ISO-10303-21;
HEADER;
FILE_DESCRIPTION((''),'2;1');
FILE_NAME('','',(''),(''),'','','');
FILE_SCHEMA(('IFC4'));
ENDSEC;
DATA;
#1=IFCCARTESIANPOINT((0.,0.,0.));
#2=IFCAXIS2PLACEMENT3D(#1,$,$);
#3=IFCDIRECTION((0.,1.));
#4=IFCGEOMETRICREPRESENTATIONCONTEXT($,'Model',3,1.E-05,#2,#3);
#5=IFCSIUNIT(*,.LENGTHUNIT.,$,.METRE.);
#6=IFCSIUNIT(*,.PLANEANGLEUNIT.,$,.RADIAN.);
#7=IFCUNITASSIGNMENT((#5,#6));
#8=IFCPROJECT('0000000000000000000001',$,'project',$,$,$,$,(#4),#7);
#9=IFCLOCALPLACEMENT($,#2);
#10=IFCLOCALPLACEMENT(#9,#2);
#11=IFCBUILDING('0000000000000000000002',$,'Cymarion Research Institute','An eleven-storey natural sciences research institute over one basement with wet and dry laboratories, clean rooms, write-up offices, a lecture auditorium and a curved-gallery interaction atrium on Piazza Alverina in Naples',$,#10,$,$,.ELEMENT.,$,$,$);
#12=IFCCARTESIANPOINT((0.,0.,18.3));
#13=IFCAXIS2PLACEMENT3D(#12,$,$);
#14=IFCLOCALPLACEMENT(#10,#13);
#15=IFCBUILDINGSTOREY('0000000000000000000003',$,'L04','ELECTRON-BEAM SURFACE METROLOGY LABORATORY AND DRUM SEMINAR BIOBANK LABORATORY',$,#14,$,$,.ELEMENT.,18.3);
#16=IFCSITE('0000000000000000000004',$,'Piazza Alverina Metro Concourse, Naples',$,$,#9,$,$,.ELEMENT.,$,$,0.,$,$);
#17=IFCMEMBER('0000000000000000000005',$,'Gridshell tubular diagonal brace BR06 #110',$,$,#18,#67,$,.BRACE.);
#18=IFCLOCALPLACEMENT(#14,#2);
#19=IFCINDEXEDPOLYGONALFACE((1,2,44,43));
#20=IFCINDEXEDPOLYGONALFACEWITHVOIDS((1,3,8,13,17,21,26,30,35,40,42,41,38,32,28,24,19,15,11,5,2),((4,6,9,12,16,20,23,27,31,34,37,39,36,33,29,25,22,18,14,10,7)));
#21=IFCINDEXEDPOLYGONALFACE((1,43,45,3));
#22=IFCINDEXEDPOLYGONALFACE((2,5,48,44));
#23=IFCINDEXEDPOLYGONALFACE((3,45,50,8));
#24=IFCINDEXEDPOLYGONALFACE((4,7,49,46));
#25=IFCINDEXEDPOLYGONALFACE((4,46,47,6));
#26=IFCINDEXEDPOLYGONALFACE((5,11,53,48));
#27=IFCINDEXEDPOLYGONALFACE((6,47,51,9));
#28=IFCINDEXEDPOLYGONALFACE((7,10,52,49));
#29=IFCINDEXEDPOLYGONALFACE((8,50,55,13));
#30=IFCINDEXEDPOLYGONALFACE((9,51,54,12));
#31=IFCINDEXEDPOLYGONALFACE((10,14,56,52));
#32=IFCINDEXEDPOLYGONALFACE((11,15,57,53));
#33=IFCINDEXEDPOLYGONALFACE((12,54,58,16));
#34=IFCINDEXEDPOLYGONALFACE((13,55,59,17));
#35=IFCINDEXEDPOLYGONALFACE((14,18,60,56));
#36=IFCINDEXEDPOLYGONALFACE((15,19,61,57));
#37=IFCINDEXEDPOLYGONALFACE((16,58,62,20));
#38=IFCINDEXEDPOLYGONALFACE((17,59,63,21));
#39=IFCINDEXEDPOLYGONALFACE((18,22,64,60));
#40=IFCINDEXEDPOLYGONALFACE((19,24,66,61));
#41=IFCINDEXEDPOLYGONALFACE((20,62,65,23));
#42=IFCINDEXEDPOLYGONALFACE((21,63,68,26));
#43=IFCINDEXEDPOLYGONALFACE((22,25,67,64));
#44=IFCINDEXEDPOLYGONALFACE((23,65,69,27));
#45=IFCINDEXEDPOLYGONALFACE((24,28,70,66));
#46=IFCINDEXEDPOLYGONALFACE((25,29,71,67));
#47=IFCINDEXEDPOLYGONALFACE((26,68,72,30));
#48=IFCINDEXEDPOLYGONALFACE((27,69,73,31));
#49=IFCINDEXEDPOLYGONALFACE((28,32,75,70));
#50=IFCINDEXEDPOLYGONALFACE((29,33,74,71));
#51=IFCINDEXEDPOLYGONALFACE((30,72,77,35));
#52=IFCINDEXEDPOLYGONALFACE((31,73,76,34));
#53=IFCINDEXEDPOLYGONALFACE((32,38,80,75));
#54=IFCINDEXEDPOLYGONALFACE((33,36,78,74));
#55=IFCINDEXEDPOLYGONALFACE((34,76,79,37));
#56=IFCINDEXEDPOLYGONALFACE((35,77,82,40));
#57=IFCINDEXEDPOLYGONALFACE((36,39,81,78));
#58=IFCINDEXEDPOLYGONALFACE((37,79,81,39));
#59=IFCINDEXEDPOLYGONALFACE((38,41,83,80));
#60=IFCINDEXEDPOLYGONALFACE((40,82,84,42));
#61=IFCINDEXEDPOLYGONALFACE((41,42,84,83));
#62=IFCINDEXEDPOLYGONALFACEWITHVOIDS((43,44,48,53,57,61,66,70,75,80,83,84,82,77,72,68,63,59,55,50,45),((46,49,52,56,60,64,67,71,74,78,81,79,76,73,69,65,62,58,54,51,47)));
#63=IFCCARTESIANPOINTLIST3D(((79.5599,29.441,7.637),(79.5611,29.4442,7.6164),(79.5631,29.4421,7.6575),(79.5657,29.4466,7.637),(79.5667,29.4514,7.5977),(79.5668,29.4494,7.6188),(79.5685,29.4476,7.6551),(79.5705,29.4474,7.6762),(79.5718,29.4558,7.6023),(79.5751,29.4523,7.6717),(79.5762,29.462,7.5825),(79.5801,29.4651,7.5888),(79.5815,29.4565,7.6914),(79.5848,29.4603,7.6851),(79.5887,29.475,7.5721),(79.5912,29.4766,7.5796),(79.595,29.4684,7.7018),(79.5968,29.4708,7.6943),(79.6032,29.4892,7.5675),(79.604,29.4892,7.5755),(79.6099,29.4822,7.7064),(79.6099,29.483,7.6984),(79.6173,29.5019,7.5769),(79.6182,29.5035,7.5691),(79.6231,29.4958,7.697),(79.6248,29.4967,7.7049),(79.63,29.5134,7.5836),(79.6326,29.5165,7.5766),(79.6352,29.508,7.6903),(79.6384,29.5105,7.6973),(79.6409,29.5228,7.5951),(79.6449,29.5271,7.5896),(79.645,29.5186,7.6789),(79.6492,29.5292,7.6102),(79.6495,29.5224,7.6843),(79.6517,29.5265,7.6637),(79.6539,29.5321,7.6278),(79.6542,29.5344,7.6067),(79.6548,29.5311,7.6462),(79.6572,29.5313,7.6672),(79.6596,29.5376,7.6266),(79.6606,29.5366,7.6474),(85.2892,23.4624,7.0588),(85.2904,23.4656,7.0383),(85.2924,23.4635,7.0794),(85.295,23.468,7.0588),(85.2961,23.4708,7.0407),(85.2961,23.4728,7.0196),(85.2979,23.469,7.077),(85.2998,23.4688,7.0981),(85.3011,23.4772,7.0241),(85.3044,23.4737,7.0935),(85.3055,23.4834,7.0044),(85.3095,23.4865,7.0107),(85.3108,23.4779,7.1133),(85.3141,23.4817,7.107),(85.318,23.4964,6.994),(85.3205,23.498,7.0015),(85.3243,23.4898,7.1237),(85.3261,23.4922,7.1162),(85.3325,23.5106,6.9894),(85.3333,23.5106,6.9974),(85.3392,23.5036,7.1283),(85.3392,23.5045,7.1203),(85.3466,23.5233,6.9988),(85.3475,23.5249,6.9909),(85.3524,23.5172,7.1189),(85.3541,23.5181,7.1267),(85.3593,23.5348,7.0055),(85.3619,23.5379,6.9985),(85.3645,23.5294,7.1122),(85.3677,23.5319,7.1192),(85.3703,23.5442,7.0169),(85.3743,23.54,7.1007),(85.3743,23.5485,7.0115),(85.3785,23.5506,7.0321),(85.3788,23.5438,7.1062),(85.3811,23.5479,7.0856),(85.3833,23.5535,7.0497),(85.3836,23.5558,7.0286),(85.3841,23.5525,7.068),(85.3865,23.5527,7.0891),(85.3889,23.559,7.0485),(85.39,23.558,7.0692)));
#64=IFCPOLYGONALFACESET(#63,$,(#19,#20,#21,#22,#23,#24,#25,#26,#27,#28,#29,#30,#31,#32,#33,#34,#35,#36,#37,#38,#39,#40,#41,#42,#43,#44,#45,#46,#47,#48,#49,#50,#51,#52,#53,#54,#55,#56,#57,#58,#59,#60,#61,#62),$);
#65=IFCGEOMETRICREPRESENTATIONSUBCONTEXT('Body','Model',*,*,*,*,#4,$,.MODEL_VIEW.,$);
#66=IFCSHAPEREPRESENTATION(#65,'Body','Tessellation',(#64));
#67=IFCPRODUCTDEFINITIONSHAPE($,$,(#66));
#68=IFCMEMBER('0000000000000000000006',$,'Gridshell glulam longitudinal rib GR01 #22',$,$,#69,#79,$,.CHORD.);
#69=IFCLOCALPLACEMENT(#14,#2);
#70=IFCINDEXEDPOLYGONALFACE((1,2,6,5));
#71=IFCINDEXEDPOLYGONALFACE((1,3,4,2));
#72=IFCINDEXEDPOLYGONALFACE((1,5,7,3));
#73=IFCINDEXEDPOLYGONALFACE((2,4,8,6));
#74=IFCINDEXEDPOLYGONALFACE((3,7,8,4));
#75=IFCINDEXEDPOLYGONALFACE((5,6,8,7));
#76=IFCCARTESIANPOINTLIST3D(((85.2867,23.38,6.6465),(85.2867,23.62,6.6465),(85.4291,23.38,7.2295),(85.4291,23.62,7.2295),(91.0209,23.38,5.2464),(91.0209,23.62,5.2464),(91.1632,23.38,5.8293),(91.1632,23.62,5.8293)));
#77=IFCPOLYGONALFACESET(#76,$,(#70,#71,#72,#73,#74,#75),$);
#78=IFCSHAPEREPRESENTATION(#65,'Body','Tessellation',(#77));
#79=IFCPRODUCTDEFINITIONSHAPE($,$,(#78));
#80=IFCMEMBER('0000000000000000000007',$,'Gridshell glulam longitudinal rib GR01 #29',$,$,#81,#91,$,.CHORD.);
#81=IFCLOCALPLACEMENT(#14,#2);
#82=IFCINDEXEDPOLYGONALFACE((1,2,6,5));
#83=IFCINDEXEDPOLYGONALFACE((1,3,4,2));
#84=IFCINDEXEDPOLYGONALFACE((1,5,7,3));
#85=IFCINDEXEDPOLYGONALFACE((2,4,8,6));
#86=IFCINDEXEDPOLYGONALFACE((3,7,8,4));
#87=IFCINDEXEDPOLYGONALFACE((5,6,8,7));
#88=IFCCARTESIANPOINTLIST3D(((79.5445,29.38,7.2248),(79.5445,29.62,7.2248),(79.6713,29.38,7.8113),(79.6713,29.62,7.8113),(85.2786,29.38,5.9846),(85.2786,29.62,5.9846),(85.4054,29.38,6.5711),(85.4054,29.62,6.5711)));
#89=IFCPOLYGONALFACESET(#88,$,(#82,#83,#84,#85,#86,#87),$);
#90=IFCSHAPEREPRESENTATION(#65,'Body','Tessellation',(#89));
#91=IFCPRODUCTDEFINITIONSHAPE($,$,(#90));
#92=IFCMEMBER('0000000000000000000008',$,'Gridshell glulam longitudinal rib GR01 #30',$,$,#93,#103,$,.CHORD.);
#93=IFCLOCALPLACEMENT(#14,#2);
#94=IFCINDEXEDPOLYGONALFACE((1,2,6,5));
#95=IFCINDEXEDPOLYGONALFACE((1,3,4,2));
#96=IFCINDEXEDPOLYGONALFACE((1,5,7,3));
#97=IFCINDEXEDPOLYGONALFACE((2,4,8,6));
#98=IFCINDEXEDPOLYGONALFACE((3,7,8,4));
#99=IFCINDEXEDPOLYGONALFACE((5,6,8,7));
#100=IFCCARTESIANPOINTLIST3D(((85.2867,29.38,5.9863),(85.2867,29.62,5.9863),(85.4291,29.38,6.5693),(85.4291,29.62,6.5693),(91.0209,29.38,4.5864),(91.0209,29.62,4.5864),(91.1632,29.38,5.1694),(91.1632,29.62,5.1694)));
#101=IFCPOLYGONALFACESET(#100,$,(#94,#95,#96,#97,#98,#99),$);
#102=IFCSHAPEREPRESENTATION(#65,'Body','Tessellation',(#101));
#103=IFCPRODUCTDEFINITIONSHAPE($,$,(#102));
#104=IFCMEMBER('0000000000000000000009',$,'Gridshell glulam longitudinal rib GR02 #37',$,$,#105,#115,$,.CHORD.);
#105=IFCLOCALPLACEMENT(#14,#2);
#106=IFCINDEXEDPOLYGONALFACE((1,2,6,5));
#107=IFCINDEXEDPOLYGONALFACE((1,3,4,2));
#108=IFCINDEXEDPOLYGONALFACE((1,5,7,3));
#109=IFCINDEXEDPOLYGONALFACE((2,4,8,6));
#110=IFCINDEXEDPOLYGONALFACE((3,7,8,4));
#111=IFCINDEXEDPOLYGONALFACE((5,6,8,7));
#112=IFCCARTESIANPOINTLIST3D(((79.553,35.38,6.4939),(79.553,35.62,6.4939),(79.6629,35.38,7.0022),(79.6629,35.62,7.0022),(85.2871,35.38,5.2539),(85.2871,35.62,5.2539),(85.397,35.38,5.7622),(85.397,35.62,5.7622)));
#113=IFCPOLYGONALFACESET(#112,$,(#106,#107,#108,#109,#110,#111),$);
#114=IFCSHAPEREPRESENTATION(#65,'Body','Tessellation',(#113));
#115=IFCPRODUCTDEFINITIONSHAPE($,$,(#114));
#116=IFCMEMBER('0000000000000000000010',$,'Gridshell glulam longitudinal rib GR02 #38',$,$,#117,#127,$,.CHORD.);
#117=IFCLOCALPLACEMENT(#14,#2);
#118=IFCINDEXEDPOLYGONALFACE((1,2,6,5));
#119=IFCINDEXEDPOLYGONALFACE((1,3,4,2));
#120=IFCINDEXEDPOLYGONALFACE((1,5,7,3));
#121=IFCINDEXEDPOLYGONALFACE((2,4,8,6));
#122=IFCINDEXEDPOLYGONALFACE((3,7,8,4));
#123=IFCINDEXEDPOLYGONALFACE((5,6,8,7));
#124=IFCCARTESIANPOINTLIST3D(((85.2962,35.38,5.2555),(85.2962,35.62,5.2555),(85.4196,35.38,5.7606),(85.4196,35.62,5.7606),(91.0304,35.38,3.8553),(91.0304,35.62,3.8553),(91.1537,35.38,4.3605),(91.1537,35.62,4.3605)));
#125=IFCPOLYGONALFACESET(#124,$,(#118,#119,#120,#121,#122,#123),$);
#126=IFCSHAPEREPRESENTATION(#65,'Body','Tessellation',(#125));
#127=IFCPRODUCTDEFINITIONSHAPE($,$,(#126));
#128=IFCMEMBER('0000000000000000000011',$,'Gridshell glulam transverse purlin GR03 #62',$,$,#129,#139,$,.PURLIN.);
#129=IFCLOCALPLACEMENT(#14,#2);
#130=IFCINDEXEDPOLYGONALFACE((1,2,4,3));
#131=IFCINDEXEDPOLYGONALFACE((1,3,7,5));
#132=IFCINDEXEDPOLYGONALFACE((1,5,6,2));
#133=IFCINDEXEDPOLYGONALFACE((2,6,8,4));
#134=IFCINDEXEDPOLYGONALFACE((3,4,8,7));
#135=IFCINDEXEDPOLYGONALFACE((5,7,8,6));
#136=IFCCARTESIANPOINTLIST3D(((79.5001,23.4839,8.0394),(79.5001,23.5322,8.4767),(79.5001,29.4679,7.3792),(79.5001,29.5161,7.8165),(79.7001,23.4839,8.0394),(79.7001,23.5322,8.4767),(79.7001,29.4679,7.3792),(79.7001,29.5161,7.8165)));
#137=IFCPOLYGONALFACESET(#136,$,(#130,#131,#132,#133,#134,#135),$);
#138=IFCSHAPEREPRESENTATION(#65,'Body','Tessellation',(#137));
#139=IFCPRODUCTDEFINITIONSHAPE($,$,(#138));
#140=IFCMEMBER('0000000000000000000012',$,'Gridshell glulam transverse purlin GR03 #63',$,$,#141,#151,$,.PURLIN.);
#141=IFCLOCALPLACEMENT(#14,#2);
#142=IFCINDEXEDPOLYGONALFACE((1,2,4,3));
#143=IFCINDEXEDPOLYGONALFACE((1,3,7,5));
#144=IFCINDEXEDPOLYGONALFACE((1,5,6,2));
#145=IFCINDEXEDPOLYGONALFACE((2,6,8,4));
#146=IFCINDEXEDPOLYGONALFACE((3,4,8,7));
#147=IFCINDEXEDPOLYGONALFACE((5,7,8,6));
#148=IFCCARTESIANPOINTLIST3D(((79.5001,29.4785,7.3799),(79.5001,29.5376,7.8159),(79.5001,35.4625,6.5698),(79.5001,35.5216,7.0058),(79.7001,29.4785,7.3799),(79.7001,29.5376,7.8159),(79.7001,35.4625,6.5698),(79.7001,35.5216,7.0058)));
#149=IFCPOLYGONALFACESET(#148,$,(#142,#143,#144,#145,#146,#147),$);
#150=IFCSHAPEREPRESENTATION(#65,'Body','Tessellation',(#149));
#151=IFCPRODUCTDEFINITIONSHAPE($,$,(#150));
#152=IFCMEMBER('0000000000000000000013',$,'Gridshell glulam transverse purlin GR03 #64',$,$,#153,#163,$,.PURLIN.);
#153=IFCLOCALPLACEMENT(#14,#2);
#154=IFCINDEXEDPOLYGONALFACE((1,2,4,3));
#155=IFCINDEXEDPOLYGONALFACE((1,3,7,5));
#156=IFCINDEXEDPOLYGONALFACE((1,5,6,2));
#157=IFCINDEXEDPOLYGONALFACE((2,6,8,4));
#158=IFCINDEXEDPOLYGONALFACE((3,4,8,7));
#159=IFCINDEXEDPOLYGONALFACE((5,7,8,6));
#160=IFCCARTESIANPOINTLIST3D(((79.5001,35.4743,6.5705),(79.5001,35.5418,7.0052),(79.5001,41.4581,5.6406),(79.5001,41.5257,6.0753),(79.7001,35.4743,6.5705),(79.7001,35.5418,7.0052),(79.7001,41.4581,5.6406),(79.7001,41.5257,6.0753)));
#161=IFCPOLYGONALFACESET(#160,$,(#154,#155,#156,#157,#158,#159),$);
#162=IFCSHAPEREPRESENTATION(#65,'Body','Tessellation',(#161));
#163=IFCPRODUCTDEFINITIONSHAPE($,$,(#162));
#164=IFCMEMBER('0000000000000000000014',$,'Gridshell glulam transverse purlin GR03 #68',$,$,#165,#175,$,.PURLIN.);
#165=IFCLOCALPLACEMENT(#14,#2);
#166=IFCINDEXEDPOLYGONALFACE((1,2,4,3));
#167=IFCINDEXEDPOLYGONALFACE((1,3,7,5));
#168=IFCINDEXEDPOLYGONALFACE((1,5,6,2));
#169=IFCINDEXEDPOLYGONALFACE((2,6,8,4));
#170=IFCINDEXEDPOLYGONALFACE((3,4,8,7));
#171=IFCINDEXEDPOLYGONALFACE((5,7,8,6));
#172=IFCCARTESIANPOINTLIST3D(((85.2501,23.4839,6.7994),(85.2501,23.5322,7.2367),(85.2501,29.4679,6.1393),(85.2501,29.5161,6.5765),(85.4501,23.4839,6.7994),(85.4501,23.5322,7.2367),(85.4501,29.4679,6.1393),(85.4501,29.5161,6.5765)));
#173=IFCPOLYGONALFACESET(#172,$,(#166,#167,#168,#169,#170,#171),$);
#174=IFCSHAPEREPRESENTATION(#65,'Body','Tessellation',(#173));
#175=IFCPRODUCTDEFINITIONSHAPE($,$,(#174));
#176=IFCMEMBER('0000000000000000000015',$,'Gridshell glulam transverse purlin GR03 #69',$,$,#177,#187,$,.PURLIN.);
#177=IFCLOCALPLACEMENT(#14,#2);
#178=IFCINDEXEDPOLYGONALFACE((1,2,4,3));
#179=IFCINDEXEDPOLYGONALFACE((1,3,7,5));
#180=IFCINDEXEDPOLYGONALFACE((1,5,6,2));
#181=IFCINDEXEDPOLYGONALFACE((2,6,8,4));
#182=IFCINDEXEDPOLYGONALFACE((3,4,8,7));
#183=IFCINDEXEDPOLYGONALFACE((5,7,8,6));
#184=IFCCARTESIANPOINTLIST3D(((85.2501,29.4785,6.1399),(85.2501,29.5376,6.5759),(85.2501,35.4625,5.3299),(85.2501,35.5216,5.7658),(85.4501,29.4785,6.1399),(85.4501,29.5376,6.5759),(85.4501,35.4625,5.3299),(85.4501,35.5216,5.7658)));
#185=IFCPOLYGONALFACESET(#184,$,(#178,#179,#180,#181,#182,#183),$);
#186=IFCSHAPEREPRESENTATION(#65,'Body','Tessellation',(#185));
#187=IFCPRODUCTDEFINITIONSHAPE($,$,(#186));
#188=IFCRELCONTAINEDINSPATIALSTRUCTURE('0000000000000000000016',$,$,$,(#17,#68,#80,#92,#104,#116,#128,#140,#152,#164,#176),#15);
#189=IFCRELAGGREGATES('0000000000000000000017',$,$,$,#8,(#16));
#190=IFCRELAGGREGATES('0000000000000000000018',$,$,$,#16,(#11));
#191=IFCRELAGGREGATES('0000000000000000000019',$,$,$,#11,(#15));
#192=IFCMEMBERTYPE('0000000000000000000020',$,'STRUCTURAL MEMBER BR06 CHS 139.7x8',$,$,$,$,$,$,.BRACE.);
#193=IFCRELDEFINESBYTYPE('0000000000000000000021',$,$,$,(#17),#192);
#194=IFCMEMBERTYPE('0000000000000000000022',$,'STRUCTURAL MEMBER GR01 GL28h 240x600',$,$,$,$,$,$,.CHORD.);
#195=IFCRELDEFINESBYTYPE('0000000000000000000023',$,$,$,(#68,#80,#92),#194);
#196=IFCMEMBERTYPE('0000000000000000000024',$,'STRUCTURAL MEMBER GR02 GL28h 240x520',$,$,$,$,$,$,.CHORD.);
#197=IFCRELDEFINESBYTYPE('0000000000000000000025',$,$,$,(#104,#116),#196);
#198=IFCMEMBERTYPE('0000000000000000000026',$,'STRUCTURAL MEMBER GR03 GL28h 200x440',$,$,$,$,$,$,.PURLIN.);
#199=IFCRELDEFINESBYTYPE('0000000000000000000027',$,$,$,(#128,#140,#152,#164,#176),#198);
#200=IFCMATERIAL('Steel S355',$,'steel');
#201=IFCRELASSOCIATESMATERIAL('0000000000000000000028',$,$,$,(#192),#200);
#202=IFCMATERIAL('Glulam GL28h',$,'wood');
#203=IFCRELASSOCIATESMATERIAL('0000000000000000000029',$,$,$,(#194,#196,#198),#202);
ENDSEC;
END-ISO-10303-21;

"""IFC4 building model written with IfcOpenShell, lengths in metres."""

from ifc_helpers import new_model, si_unit, direction, frame, origin, origin_2d, place, context, subcontext, project, spatial, rectangle, hollow_circle, extrude, material, material_profile, profile_set, type_object, element, save


model = new_model("IFC4")

# Units and contexts
model_context = context("Model", 3, precision=1e-05, world=origin(), true_north=direction((0.0, 1.0)))
body_context = subcontext(model_context, "Body", "Model", "MODEL_VIEW")
ifc_project = project(units=[si_unit("LENGTHUNIT", "METRE"), si_unit("PLANEANGLEUNIT", "RADIAN")], contexts=[model_context])

# Site, building, storey
site_placement = place(None, origin())
site = spatial("IfcSite", under=ifc_project, at=site_placement, Name="Piazza Alverina Metro Concourse, Naples", CompositionType="ELEMENT", RefElevation=0.0)
building_placement = place(site_placement, origin())
building = spatial("IfcBuilding", under=site, at=building_placement, Name="Cymarion Research Institute", Description="An eleven-storey natural sciences research institute over one basement with wet and dry laboratories, clean rooms, write-up offices, a lecture auditorium and a curved-gallery interaction atrium on Piazza Alverina in Naples", CompositionType="ELEMENT")
storey_placement = place(building_placement, frame((0.0, 0.0, 18.3)))
storey = spatial("IfcBuildingStorey", under=building, at=storey_placement, Name="L04", Description="ELECTRON-BEAM SURFACE METROLOGY LABORATORY AND DRUM SEMINAR BIOBANK LABORATORY", CompositionType="ELEMENT", Elevation=18.3)

# Shared definitions
ifc_material_1 = material(Name="Steel S355", Category="steel")

# Members
ifc_material_profile_1 = material_profile(ifc_material_1, hollow_circle(Radius=0.0698, WallThickness=0.0081, at=origin_2d()), Name="CHS 139.7x8")
ifc_profile_set_1 = profile_set([ifc_material_profile_1], Name="Steel S355")
member_type_1 = type_object("IfcMemberType", Name="STRUCTURAL MEMBER BR06 CHS 139.7x8", PredefinedType="BRACE", material=ifc_profile_set_1)
member_1_placement = place(storey_placement, frame((85.3396, 23.5107, 7.0588), z_axis=(-0.690215, 0.720245, 0.069648), x_axis=(-0.721998, -0.691895, 0.0)))
element("IfcMember", 1, at=member_1_placement, inside=storey, type_object=member_type_1, Name="Gridshell tubular diagonal brace BR06 #110", PredefinedType="BRACE", context=body_context, shape_type="SweptSolid", body=[
    extrude(hollow_circle(Radius=0.0698, WallThickness=0.0081, at=origin_2d()), origin(), (0.0, 0.0, 1.0), 8.3008),
])
ifc_material_2 = material(Name="Glulam GL28h", Category="wood")
ifc_material_profile_2 = material_profile(ifc_material_2, rectangle(XDim=0.24, YDim=0.6001, at=origin_2d()), Name="GL28h 240x600")
ifc_profile_set_2 = profile_set([ifc_material_profile_2], Name="Glulam GL28h")
member_type_2 = type_object("IfcMemberType", Name="STRUCTURAL MEMBER GR01 GL28h 240x600", PredefinedType="CHORD", material=ifc_profile_set_2)
member_2_placement = place(storey_placement, frame((85.3579, 23.5, 6.938), z_axis=(0.971459, 0.0, -0.237208), x_axis=(0.0, 1.0, 0.0)))
element("IfcMember", 2, at=member_2_placement, inside=storey, type_object=member_type_2, Name="Gridshell glulam longitudinal rib GR01 #22", PredefinedType="CHORD", context=body_context, shape_type="SweptSolid", body=[
    extrude(rectangle(XDim=0.24, YDim=0.6001, at=origin_2d()), origin(), (0.0, 0.0, 1.0), 5.9026),
])
member_3_placement = place(storey_placement, frame((79.6079, 29.5, 7.5181), z_axis=(0.977399, 0.0, -0.211402), x_axis=(0.0, 1.0, 0.0)))
element("IfcMember", 3, at=member_3_placement, inside=storey, type_object=member_type_2, Name="Gridshell glulam longitudinal rib GR01 #29", PredefinedType="CHORD", context=body_context, shape_type="SweptSolid", body=[
    extrude(rectangle(XDim=0.24, YDim=0.6001, at=origin_2d()), origin(), (0.0, 0.0, 1.0), 5.8667),
])
member_4_placement = place(storey_placement, frame((85.3579, 29.5, 6.2778), z_axis=(0.971468, 0.0, -0.237169), x_axis=(0.0, 1.0, 0.0)))
element("IfcMember", 4, at=member_4_placement, inside=storey, type_object=member_type_2, Name="Gridshell glulam longitudinal rib GR01 #30", PredefinedType="CHORD", context=body_context, shape_type="SweptSolid", body=[
    extrude(rectangle(XDim=0.24, YDim=0.6001, at=origin_2d()), origin(), (0.0, 0.0, 1.0), 5.9026),
])
ifc_material_profile_3 = material_profile(ifc_material_2, rectangle(XDim=0.24, YDim=0.52, at=origin_2d()), Name="GL28h 240x520")
ifc_profile_set_3 = profile_set([ifc_material_profile_3], Name="Glulam GL28h")
member_type_3 = type_object("IfcMemberType", Name="STRUCTURAL MEMBER GR02 GL28h 240x520", PredefinedType="CHORD", material=ifc_profile_set_3)
member_5_placement = place(storey_placement, frame((79.6079, 35.5, 6.748), z_axis=(0.977408, 0.0, -0.211362), x_axis=(0.0, 1.0, 0.0)))
element("IfcMember", 5, at=member_5_placement, inside=storey, type_object=member_type_3, Name="Gridshell glulam longitudinal rib GR02 #37", PredefinedType="CHORD", context=body_context, shape_type="SweptSolid", body=[
    extrude(rectangle(XDim=0.24, YDim=0.52, at=origin_2d()), origin(), (0.0, 0.0, 1.0), 5.8667),
])
member_6_placement = place(storey_placement, frame((85.3579, 35.5, 5.5081), z_axis=(0.971459, 0.0, -0.237208), x_axis=(0.0, 1.0, 0.0)))
element("IfcMember", 6, at=member_6_placement, inside=storey, type_object=member_type_3, Name="Gridshell glulam longitudinal rib GR02 #38", PredefinedType="CHORD", context=body_context, shape_type="SweptSolid", body=[
    extrude(rectangle(XDim=0.24, YDim=0.52, at=origin_2d()), origin(), (0.0, 0.0, 1.0), 5.9026),
])
ifc_material_profile_4 = material_profile(ifc_material_2, rectangle(XDim=0.2, YDim=0.4399, at=origin_2d()), Name="GL28h 200x440")
ifc_profile_set_4 = profile_set([ifc_material_profile_4], Name="Glulam GL28h")
member_type_4 = type_object("IfcMemberType", Name="STRUCTURAL MEMBER GR03 GL28h 200x440", PredefinedType="PURLIN", material=ifc_profile_set_4)
member_7_placement = place(storey_placement, frame((79.6001, 23.5081, 8.2581), z_axis=(0.0, 0.993969, -0.109657), x_axis=(-1.0, 0.0, 0.0)))
element("IfcMember", 7, at=member_7_placement, inside=storey, type_object=member_type_4, Name="Gridshell glulam transverse purlin GR03 #62", PredefinedType="PURLIN", context=body_context, shape_type="SweptSolid", body=[
    extrude(rectangle(XDim=0.2, YDim=0.4399, at=origin_2d()), origin(), (0.0, 0.0, 1.0), 6.0203),
])
member_8_placement = place(storey_placement, frame((79.6001, 29.5081, 7.5979), z_axis=(0.0, 0.990961, -0.13415), x_axis=(-1.0, 0.0, 0.0)))
element("IfcMember", 8, at=member_8_placement, inside=storey, type_object=member_type_4, Name="Gridshell glulam transverse purlin GR03 #63", PredefinedType="PURLIN", context=body_context, shape_type="SweptSolid", body=[
    extrude(rectangle(XDim=0.2, YDim=0.4399, at=origin_2d()), origin(), (0.0, 0.0, 1.0), 6.0386),
])
member_9_placement = place(storey_placement, frame((79.6001, 35.5081, 6.7878), z_axis=(0.0, 0.988139, -0.153563), x_axis=(-1.0, 0.0, 0.0)))
element("IfcMember", 9, at=member_9_placement, inside=storey, type_object=member_type_4, Name="Gridshell glulam transverse purlin GR03 #64", PredefinedType="PURLIN", context=body_context, shape_type="SweptSolid", body=[
    extrude(rectangle(XDim=0.2, YDim=0.4399, at=origin_2d()), origin(), (0.0, 0.0, 1.0), 6.0557),
])
member_10_placement = place(storey_placement, frame((85.3501, 23.5081, 7.0181), z_axis=(0.0, 0.993969, -0.109657), x_axis=(-1.0, 0.0, 0.0)))
element("IfcMember", 10, at=member_10_placement, inside=storey, type_object=member_type_4, Name="Gridshell glulam transverse purlin GR03 #68", PredefinedType="PURLIN", context=body_context, shape_type="SweptSolid", body=[
    extrude(rectangle(XDim=0.2, YDim=0.4399, at=origin_2d()), origin(), (0.0, 0.0, 1.0), 6.0203),
])
member_11_placement = place(storey_placement, frame((85.3501, 29.5081, 6.3579), z_axis=(0.0, 0.990961, -0.13415), x_axis=(-1.0, 0.0, 0.0)))
element("IfcMember", 11, at=member_11_placement, inside=storey, type_object=member_type_4, Name="Gridshell glulam transverse purlin GR03 #69", PredefinedType="PURLIN", context=body_context, shape_type="SweptSolid", body=[
    extrude(rectangle(XDim=0.2, YDim=0.4399, at=origin_2d()), origin(), (0.0, 0.0, 1.0), 6.0386),
])

save(model, "model.ifc")
